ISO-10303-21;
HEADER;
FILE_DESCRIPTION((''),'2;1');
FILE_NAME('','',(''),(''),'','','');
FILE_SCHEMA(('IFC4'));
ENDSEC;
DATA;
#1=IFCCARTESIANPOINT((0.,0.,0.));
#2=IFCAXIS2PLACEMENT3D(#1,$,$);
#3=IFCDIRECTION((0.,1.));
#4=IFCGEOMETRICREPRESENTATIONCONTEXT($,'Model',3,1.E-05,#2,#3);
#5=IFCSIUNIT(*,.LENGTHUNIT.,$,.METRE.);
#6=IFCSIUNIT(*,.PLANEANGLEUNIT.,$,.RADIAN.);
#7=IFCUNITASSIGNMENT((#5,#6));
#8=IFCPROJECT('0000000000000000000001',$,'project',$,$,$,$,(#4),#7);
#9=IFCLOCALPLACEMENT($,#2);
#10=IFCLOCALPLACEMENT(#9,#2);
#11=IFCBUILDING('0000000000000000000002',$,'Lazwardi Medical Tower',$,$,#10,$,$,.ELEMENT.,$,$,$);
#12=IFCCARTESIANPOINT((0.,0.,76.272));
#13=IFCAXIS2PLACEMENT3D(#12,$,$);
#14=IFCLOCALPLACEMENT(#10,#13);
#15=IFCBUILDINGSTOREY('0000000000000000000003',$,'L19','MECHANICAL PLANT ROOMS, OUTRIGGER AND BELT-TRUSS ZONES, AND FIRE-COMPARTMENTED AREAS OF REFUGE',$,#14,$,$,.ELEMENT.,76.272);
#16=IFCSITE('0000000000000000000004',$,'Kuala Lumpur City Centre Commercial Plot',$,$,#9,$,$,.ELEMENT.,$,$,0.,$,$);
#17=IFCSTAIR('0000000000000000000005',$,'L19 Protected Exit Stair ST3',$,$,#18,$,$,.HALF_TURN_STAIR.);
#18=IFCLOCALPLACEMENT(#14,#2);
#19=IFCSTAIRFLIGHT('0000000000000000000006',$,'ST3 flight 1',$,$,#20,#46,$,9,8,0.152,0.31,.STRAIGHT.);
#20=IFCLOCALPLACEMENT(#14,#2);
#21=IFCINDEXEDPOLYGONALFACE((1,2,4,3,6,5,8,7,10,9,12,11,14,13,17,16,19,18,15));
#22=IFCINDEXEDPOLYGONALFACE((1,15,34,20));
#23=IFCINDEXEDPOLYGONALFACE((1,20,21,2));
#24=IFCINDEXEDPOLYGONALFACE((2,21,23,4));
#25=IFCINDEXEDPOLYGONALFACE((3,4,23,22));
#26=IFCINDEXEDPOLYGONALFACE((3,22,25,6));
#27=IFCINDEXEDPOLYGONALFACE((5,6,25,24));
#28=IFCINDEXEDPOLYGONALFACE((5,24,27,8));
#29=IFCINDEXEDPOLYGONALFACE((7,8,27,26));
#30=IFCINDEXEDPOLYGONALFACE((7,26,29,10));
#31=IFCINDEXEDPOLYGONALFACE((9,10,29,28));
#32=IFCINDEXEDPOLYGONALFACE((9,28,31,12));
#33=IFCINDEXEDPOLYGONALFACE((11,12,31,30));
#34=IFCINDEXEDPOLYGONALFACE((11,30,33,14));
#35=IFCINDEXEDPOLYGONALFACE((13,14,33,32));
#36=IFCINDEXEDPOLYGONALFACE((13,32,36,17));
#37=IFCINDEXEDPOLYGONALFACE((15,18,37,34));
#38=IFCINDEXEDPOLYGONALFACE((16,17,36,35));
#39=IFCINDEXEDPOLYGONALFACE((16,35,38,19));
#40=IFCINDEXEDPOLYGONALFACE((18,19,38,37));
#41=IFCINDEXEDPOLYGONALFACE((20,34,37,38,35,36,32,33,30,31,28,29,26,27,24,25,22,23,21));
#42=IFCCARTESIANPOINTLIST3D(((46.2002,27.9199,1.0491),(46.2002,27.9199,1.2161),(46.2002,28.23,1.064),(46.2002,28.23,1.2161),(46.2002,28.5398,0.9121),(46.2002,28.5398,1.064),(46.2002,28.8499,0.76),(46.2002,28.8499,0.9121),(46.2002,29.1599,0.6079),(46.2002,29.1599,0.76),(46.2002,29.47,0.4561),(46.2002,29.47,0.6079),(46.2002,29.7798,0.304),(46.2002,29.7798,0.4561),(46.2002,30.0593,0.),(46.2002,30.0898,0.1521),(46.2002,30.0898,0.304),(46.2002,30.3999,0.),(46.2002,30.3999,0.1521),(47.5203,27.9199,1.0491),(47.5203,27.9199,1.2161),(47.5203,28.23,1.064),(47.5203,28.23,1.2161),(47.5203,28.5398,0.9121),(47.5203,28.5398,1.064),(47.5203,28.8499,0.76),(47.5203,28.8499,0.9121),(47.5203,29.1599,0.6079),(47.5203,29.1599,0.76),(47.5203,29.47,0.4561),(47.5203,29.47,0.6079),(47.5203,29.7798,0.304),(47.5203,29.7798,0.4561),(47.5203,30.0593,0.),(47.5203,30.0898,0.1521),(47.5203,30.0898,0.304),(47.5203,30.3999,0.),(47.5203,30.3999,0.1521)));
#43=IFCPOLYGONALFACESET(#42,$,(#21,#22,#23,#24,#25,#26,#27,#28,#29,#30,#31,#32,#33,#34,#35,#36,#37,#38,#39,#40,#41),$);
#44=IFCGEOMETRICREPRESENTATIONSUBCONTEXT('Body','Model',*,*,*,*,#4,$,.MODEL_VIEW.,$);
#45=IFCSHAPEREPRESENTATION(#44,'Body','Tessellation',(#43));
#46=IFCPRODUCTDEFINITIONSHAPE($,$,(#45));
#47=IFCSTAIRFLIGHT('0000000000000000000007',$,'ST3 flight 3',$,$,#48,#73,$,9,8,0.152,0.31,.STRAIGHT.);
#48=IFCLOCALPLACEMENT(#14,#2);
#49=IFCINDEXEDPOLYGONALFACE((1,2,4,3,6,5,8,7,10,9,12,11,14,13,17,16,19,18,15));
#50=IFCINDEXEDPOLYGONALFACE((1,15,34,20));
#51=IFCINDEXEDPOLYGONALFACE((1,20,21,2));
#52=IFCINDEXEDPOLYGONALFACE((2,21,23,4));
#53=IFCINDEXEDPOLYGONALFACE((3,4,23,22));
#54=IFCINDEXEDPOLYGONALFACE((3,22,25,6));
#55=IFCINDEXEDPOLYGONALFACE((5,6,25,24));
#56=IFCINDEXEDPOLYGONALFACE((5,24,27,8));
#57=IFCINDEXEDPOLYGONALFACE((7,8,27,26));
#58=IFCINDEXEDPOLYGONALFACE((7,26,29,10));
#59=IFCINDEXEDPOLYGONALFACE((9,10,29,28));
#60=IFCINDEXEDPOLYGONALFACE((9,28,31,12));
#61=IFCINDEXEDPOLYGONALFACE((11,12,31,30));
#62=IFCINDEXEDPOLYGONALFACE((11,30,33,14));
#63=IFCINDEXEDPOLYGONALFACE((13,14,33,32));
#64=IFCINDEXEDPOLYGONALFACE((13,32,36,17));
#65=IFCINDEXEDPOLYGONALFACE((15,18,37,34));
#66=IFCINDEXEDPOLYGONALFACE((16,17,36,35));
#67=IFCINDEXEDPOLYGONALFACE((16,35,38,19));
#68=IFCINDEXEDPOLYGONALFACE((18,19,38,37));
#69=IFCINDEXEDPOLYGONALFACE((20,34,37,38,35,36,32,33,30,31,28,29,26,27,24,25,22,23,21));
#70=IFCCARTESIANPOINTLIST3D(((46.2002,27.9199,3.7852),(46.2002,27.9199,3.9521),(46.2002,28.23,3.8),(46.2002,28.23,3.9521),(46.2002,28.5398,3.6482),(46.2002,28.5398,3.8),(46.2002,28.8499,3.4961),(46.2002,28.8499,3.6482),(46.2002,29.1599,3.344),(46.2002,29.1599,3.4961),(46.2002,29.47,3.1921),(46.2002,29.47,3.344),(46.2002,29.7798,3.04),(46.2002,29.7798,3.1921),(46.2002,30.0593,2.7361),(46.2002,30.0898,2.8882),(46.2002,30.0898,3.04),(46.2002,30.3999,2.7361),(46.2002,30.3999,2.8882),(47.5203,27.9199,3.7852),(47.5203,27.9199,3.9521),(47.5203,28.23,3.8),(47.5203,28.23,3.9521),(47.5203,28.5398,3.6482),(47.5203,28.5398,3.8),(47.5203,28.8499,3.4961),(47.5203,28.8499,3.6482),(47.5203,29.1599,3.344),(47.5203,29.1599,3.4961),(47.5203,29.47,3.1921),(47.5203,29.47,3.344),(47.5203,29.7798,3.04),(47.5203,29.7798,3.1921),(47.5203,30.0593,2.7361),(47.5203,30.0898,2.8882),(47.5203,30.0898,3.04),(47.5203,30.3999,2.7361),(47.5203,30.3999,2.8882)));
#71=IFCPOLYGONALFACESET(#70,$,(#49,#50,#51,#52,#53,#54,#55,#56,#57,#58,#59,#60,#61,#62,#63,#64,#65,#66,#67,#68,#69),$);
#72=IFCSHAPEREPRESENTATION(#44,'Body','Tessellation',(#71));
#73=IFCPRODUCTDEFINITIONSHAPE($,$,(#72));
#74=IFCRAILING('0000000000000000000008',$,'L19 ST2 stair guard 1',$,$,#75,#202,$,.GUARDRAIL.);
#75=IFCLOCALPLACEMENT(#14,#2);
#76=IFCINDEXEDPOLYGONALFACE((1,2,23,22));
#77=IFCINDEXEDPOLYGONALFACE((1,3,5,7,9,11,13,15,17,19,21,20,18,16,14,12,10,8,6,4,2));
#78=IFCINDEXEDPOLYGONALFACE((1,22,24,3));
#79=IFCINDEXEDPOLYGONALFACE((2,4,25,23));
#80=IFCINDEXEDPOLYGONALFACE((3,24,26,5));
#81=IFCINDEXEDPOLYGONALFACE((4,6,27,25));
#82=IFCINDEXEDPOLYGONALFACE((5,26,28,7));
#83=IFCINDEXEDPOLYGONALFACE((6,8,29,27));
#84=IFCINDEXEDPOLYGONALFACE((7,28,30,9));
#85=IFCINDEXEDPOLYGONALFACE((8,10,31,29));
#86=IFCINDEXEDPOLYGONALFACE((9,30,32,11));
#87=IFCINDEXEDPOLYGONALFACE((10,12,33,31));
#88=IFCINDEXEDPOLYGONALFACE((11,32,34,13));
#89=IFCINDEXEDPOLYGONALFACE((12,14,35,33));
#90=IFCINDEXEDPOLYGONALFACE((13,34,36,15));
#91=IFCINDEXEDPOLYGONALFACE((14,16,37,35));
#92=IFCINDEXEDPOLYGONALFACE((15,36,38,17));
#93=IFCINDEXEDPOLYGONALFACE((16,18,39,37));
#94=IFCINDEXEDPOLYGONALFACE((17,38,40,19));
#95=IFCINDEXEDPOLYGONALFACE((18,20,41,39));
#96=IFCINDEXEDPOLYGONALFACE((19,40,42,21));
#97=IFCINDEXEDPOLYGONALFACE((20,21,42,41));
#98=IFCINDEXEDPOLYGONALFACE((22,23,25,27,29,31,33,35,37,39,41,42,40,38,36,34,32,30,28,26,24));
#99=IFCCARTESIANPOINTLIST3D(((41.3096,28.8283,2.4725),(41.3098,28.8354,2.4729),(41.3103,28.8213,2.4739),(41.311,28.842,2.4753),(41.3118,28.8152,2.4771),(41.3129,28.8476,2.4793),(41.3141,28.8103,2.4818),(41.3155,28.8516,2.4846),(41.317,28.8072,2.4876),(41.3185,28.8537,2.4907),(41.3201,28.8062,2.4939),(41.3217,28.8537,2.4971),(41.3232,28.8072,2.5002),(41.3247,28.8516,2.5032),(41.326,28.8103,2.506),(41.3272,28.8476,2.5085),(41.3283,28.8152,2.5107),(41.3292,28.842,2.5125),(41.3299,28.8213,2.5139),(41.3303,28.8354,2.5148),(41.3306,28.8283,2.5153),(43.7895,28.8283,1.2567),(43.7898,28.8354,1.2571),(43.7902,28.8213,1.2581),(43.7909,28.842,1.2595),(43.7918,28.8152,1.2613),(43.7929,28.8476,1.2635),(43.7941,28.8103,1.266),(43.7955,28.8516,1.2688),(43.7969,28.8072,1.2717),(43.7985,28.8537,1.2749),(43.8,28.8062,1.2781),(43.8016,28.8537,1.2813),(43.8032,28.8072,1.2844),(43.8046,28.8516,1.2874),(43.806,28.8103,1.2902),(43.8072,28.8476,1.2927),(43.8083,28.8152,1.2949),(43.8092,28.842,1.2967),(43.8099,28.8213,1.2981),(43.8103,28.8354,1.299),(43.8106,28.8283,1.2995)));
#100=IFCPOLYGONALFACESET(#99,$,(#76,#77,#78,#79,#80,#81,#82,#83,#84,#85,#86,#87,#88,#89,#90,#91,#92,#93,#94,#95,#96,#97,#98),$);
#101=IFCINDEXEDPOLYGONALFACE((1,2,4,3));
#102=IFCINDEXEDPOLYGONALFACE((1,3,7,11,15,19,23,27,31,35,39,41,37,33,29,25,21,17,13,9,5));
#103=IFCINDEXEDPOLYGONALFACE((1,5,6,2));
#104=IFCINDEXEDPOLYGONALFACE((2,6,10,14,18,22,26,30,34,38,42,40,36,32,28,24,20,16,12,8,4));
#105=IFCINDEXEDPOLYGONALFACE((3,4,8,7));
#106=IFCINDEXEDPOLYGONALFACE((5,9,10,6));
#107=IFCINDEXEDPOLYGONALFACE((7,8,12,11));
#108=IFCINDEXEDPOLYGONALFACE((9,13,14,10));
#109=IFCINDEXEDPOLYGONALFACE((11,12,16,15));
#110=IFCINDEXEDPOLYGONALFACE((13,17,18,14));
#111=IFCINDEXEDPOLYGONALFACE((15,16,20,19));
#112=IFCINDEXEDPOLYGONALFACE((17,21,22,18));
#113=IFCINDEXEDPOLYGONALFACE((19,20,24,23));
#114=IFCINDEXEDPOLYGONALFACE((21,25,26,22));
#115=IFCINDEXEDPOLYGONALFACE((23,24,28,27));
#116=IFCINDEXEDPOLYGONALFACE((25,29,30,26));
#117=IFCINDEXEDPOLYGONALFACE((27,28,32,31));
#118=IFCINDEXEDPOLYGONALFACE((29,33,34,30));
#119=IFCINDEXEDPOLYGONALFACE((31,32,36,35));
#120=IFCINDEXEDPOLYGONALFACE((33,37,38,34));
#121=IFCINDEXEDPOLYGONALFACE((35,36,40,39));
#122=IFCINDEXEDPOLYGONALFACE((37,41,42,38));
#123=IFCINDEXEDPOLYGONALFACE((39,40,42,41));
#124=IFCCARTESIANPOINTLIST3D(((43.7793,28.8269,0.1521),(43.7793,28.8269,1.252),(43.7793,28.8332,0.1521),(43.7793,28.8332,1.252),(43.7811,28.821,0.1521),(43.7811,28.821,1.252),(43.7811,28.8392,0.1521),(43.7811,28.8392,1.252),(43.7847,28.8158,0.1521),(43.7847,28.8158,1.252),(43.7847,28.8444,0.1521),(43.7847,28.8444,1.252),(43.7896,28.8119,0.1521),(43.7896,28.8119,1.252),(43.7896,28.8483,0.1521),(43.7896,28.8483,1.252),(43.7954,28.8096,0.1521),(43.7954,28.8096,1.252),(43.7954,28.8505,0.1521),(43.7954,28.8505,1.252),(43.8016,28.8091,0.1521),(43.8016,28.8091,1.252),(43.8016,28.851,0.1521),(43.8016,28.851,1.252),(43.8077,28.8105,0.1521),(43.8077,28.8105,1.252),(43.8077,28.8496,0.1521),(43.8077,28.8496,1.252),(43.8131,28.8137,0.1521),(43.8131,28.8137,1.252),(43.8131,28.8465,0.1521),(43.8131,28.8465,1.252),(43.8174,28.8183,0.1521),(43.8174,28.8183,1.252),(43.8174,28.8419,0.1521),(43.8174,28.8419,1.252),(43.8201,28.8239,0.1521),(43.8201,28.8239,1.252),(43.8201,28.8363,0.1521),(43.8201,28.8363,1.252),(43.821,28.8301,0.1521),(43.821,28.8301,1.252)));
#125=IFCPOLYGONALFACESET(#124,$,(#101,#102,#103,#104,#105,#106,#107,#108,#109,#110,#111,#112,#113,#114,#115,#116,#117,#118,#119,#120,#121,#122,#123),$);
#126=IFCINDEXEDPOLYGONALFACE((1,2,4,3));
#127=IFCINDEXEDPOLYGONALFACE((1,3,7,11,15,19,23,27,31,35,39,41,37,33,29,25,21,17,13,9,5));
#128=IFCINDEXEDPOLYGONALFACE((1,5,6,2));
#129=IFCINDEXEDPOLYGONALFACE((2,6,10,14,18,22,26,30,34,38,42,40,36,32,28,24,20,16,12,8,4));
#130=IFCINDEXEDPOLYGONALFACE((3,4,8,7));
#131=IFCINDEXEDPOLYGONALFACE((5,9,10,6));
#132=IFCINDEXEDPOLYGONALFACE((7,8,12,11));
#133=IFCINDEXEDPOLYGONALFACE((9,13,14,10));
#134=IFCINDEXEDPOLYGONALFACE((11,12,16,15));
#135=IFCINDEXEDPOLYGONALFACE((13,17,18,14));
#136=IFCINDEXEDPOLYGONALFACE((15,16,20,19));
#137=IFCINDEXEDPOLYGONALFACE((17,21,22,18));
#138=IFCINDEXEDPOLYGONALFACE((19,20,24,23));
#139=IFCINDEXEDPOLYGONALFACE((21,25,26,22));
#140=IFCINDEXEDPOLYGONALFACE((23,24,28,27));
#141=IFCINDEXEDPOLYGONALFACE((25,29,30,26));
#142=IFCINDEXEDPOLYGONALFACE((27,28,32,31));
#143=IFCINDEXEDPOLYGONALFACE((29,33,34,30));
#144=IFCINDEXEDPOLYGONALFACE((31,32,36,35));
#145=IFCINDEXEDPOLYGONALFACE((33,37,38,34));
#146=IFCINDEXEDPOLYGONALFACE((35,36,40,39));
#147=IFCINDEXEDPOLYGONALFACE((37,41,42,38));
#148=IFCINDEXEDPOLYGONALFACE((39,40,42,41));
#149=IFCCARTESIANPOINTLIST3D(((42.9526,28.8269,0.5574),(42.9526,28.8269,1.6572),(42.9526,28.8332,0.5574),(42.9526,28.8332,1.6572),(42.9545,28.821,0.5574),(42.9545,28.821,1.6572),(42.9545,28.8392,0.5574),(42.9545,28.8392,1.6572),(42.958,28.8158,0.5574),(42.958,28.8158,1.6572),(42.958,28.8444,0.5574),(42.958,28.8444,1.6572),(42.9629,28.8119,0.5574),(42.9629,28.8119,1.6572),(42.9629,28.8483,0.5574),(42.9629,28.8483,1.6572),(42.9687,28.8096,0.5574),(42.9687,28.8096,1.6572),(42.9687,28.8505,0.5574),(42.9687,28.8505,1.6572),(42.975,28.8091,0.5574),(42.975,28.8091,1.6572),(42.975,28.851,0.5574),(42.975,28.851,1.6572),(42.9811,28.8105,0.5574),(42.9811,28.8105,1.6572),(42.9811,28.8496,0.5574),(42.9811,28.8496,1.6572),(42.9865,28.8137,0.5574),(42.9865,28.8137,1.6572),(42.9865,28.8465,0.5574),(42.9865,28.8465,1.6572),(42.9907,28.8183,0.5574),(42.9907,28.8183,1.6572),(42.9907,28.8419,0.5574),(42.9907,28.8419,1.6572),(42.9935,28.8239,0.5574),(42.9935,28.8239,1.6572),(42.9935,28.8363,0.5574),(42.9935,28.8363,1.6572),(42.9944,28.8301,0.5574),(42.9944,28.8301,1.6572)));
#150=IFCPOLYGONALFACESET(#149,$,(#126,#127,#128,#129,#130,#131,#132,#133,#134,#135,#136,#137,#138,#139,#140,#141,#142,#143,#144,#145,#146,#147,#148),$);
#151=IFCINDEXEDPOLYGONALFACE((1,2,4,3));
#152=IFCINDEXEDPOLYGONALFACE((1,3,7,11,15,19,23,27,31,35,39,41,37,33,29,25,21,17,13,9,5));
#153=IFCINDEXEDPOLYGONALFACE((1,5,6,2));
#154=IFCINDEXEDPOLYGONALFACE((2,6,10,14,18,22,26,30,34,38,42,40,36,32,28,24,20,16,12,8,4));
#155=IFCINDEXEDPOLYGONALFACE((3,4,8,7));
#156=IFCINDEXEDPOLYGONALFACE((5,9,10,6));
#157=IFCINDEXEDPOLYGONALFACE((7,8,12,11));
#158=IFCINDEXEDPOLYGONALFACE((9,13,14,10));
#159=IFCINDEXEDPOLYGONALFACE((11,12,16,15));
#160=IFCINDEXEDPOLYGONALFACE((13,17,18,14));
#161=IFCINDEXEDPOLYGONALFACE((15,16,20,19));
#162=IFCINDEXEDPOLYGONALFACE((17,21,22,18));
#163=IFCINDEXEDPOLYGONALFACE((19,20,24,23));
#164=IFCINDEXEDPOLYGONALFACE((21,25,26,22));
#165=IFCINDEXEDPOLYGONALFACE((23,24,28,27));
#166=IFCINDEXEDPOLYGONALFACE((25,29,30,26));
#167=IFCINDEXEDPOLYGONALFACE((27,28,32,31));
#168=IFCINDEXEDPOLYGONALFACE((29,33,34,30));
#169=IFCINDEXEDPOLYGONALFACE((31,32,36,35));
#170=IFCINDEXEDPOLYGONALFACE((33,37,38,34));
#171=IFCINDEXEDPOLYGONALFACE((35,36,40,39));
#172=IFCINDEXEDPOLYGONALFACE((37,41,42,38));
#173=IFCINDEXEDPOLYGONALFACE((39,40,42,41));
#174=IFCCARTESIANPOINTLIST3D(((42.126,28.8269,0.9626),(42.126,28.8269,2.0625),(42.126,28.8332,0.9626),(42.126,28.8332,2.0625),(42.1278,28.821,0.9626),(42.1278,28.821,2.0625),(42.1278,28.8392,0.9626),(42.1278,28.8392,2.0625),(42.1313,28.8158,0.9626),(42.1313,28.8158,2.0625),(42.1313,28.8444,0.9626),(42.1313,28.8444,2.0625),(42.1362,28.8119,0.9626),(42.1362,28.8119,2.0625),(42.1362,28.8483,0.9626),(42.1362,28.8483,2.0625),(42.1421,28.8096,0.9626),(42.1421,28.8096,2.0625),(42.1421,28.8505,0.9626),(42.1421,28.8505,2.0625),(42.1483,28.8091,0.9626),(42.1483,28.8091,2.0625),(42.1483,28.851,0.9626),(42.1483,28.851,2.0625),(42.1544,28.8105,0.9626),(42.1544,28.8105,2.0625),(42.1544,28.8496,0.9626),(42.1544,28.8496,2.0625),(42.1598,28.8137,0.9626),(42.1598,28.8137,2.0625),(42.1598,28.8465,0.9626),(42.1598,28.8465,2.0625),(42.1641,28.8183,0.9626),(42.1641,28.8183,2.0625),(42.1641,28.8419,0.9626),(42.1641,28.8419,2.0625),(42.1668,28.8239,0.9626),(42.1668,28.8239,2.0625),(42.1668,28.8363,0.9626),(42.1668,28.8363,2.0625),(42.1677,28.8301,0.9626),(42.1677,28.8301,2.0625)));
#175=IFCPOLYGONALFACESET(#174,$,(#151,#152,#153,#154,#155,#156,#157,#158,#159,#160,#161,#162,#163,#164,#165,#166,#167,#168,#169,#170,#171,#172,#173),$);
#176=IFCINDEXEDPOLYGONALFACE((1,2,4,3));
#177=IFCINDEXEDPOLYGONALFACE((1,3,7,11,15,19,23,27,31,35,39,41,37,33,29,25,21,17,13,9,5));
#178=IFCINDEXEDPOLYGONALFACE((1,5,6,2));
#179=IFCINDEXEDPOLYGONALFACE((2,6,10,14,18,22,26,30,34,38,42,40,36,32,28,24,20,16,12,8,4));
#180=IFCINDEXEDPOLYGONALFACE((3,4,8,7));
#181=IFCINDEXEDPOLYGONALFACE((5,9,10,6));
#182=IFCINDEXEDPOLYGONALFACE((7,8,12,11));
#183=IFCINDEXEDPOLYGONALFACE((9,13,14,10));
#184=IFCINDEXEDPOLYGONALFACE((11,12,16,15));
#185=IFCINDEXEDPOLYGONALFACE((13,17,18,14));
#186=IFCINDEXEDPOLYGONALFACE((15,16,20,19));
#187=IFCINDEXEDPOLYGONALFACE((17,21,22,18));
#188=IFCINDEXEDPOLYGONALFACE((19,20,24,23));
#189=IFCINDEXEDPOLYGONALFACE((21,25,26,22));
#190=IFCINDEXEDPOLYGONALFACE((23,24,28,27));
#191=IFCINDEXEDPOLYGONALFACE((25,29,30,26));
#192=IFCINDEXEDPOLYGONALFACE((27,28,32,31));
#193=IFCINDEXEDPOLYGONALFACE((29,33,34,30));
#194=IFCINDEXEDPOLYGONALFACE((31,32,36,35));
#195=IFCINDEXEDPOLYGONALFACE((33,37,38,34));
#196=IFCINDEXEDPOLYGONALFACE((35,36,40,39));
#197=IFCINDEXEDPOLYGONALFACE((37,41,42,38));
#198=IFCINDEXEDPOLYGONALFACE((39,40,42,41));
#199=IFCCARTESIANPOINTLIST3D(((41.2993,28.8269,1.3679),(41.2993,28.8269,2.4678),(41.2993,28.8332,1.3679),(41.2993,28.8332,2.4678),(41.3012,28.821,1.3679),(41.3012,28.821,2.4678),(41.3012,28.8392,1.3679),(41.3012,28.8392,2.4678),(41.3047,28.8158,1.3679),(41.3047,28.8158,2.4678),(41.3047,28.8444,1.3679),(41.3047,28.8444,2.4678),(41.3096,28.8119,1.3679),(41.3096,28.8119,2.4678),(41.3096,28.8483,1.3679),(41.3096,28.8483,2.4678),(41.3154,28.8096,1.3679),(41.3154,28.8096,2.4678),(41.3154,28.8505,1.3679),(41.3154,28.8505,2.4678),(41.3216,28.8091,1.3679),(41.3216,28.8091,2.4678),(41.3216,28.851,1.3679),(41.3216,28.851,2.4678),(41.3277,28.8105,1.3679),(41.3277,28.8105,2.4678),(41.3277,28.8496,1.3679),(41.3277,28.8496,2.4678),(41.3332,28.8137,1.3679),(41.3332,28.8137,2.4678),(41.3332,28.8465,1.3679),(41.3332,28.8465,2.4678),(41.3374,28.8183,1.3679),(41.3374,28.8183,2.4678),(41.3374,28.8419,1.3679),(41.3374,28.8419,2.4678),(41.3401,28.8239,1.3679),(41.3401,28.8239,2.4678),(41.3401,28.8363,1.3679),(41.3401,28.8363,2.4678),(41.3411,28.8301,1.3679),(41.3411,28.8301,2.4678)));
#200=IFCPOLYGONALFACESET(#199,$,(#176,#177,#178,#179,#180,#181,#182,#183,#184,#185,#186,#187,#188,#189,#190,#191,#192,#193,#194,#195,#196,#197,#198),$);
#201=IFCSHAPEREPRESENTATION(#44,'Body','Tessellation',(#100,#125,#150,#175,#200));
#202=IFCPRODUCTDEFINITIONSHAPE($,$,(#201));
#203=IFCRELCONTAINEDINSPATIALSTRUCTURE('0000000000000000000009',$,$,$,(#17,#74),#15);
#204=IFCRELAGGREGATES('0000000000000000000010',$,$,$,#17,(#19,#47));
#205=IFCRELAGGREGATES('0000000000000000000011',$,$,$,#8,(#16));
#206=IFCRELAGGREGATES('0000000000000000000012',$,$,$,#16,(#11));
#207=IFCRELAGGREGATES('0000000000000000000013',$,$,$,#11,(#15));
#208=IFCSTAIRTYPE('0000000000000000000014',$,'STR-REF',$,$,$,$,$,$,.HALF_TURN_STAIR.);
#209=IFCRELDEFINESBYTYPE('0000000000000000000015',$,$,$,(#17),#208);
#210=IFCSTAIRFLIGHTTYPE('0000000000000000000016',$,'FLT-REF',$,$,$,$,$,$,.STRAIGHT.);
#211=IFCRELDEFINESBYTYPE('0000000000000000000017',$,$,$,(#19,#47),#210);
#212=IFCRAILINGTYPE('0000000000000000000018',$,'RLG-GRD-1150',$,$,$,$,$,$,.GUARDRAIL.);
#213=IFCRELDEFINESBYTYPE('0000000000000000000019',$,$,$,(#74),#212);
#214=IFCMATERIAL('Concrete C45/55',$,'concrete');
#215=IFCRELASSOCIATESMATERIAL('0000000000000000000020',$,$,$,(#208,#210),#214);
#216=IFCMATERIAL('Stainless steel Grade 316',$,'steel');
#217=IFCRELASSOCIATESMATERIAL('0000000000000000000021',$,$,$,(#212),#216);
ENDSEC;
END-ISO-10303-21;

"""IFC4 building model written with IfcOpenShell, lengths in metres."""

from ifc_helpers import new_model, si_unit, direction, frame, origin, origin_2d, place, context, subcontext, project, spatial, polyline, circle, outline, extrude, material, type_object, element, aggregate, save


model = new_model("IFC4")

# Units and contexts
model_context = context("Model", 3, precision=1e-05, world=origin(), true_north=direction((0.0, 1.0)))
body_context = subcontext(model_context, "Body", "Model", "MODEL_VIEW")
ifc_project = project(units=[si_unit("LENGTHUNIT", "METRE"), si_unit("PLANEANGLEUNIT", "RADIAN")], contexts=[model_context])

# Site, building, storey
site_placement = place(None, origin())
site = spatial("IfcSite", under=ifc_project, at=site_placement, Name="Kuala Lumpur City Centre Commercial Plot", CompositionType="ELEMENT", RefElevation=0.0)
building_placement = place(site_placement, origin())
building = spatial("IfcBuilding", under=site, at=building_placement, Name="Lazwardi Medical Tower", CompositionType="ELEMENT")
storey_placement = place(building_placement, frame((0.0, 0.0, 76.272)))
storey = spatial("IfcBuildingStorey", under=building, at=storey_placement, Name="L19", Description="MECHANICAL PLANT ROOMS, OUTRIGGER AND BELT-TRUSS ZONES, AND FIRE-COMPARTMENTED AREAS OF REFUGE", CompositionType="ELEMENT", Elevation=76.272)

# Stair, stair flights
ifc_material_1 = material(Name="Concrete C45/55", Category="concrete")
stair_type = type_object("IfcStairType", Name="STR-REF", PredefinedType="HALF_TURN_STAIR", material=ifc_material_1)
stair_flight_type = type_object("IfcStairFlightType", Name="FLT-REF", PredefinedType="STRAIGHT", material=ifc_material_1)
stair_1_placement = place(storey_placement, origin())
stair_1 = element("IfcStair", 1, at=stair_1_placement, inside=storey, type_object=stair_type, Name="L19 Protected Exit Stair ST3", PredefinedType="HALF_TURN_STAIR")
stair_flight_1_placement = place(storey_placement, frame((46.8601, 30.3999, 0.0), z_axis=(0.0, 0.0, 1.0), x_axis=(0.0, -1.0, 0.0)))
stair_flight_1 = element("IfcStairFlight", 2, at=stair_flight_1_placement, type_object=stair_flight_type, Name="ST3 flight 1", NumberOfRisers=9, NumberOfTreads=8, PredefinedType="STRAIGHT", RiserHeight=0.152, TreadLength=0.31, context=body_context, shape_type="SweptSolid", body=[
    extrude(outline(polyline([(0.0, 0.0), (0.0, 0.1521), (0.3101, 0.1521), (0.3101, 0.304), (0.6201, 0.304), (0.6201, 0.4561), (0.9299, 0.4561), (0.9299, 0.6079), (1.24, 0.6079), (1.24, 0.76), (1.55, 0.76), (1.55, 0.9121), (1.8601, 0.9121), (1.8601, 1.064), (2.1699, 1.064), (2.1699, 1.2161), (2.48, 1.2161), (2.48, 1.3679), (2.48, 1.0491), (0.3406, 0.0), (0.0, 0.0)])), frame((0.0, 0.6602, 0.0), z_axis=(0.0, -1.0, 0.0), x_axis=(1.0, 0.0, 0.0)), (0.0, 0.0, 1.0), 1.3201),
])
stair_flight_2_placement = place(storey_placement, frame((46.8601, 30.3999, 2.7361), z_axis=(0.0, 0.0, 1.0), x_axis=(0.0, -1.0, 0.0)))
stair_flight_2 = element("IfcStairFlight", 3, at=stair_flight_2_placement, type_object=stair_flight_type, Name="ST3 flight 3", NumberOfRisers=9, NumberOfTreads=8, PredefinedType="STRAIGHT", RiserHeight=0.152, TreadLength=0.31, context=body_context, shape_type="SweptSolid", body=[
    extrude(outline(polyline([(0.0, 0.0), (0.0, 0.1521), (0.3101, 0.1521), (0.3101, 0.304), (0.6201, 0.304), (0.6201, 0.4561), (0.9299, 0.4561), (0.9299, 0.6079), (1.24, 0.6079), (1.24, 0.76), (1.55, 0.76), (1.55, 0.9121), (1.8601, 0.9121), (1.8601, 1.064), (2.1699, 1.064), (2.1699, 1.2161), (2.48, 1.2161), (2.48, 1.3679), (2.48, 1.0491), (0.3406, 0.0), (0.0, 0.0)])), frame((0.0, 0.6602, 0.0), z_axis=(0.0, -1.0, 0.0), x_axis=(1.0, 0.0, 0.0)), (0.0, 0.0, 1.0), 1.3201),
])
aggregate(stair_1, [stair_flight_1, stair_flight_2])

# Railing
ifc_material_2 = material(Name="Stainless steel Grade 316", Category="steel")
railing_type_1 = type_object("IfcRailingType", Name="RLG-GRD-1150", PredefinedType="GUARDRAIL", material=ifc_material_2)
railing_1_placement = place(storey_placement, frame((43.8, 28.8301, 0.1521)))
element("IfcRailing", 4, at=railing_1_placement, inside=storey, type_object=railing_type_1, Name="L19 ST2 stair guard 1", PredefinedType="GUARDRAIL", context=body_context, shape_type="SweptSolid", body=[
    extrude(circle(Radius=0.0239, at=origin_2d()), frame((0.0, 0.0, 1.126), z_axis=(-0.8979, 0.0, 0.440199), x_axis=(0.0, -1.0, 0.0)), (0.0, 0.0, 1.0), 2.762),
    extrude(circle(Radius=0.021, at=origin_2d()), origin(), (0.0, 0.0, 1.0), 1.0999),
    extrude(circle(Radius=0.021, at=origin_2d()), frame((-0.8267, 0.0, 0.4053)), (0.0, 0.0, 1.0), 1.0999),
    extrude(circle(Radius=0.021, at=origin_2d()), frame((-1.6533, 0.0, 0.8105)), (0.0, 0.0, 1.0), 1.0999),
    extrude(circle(Radius=0.021, at=origin_2d()), frame((-2.48, 0.0, 1.2158)), (0.0, 0.0, 1.0), 1.0999),
])

save(model, "model.ifc")
